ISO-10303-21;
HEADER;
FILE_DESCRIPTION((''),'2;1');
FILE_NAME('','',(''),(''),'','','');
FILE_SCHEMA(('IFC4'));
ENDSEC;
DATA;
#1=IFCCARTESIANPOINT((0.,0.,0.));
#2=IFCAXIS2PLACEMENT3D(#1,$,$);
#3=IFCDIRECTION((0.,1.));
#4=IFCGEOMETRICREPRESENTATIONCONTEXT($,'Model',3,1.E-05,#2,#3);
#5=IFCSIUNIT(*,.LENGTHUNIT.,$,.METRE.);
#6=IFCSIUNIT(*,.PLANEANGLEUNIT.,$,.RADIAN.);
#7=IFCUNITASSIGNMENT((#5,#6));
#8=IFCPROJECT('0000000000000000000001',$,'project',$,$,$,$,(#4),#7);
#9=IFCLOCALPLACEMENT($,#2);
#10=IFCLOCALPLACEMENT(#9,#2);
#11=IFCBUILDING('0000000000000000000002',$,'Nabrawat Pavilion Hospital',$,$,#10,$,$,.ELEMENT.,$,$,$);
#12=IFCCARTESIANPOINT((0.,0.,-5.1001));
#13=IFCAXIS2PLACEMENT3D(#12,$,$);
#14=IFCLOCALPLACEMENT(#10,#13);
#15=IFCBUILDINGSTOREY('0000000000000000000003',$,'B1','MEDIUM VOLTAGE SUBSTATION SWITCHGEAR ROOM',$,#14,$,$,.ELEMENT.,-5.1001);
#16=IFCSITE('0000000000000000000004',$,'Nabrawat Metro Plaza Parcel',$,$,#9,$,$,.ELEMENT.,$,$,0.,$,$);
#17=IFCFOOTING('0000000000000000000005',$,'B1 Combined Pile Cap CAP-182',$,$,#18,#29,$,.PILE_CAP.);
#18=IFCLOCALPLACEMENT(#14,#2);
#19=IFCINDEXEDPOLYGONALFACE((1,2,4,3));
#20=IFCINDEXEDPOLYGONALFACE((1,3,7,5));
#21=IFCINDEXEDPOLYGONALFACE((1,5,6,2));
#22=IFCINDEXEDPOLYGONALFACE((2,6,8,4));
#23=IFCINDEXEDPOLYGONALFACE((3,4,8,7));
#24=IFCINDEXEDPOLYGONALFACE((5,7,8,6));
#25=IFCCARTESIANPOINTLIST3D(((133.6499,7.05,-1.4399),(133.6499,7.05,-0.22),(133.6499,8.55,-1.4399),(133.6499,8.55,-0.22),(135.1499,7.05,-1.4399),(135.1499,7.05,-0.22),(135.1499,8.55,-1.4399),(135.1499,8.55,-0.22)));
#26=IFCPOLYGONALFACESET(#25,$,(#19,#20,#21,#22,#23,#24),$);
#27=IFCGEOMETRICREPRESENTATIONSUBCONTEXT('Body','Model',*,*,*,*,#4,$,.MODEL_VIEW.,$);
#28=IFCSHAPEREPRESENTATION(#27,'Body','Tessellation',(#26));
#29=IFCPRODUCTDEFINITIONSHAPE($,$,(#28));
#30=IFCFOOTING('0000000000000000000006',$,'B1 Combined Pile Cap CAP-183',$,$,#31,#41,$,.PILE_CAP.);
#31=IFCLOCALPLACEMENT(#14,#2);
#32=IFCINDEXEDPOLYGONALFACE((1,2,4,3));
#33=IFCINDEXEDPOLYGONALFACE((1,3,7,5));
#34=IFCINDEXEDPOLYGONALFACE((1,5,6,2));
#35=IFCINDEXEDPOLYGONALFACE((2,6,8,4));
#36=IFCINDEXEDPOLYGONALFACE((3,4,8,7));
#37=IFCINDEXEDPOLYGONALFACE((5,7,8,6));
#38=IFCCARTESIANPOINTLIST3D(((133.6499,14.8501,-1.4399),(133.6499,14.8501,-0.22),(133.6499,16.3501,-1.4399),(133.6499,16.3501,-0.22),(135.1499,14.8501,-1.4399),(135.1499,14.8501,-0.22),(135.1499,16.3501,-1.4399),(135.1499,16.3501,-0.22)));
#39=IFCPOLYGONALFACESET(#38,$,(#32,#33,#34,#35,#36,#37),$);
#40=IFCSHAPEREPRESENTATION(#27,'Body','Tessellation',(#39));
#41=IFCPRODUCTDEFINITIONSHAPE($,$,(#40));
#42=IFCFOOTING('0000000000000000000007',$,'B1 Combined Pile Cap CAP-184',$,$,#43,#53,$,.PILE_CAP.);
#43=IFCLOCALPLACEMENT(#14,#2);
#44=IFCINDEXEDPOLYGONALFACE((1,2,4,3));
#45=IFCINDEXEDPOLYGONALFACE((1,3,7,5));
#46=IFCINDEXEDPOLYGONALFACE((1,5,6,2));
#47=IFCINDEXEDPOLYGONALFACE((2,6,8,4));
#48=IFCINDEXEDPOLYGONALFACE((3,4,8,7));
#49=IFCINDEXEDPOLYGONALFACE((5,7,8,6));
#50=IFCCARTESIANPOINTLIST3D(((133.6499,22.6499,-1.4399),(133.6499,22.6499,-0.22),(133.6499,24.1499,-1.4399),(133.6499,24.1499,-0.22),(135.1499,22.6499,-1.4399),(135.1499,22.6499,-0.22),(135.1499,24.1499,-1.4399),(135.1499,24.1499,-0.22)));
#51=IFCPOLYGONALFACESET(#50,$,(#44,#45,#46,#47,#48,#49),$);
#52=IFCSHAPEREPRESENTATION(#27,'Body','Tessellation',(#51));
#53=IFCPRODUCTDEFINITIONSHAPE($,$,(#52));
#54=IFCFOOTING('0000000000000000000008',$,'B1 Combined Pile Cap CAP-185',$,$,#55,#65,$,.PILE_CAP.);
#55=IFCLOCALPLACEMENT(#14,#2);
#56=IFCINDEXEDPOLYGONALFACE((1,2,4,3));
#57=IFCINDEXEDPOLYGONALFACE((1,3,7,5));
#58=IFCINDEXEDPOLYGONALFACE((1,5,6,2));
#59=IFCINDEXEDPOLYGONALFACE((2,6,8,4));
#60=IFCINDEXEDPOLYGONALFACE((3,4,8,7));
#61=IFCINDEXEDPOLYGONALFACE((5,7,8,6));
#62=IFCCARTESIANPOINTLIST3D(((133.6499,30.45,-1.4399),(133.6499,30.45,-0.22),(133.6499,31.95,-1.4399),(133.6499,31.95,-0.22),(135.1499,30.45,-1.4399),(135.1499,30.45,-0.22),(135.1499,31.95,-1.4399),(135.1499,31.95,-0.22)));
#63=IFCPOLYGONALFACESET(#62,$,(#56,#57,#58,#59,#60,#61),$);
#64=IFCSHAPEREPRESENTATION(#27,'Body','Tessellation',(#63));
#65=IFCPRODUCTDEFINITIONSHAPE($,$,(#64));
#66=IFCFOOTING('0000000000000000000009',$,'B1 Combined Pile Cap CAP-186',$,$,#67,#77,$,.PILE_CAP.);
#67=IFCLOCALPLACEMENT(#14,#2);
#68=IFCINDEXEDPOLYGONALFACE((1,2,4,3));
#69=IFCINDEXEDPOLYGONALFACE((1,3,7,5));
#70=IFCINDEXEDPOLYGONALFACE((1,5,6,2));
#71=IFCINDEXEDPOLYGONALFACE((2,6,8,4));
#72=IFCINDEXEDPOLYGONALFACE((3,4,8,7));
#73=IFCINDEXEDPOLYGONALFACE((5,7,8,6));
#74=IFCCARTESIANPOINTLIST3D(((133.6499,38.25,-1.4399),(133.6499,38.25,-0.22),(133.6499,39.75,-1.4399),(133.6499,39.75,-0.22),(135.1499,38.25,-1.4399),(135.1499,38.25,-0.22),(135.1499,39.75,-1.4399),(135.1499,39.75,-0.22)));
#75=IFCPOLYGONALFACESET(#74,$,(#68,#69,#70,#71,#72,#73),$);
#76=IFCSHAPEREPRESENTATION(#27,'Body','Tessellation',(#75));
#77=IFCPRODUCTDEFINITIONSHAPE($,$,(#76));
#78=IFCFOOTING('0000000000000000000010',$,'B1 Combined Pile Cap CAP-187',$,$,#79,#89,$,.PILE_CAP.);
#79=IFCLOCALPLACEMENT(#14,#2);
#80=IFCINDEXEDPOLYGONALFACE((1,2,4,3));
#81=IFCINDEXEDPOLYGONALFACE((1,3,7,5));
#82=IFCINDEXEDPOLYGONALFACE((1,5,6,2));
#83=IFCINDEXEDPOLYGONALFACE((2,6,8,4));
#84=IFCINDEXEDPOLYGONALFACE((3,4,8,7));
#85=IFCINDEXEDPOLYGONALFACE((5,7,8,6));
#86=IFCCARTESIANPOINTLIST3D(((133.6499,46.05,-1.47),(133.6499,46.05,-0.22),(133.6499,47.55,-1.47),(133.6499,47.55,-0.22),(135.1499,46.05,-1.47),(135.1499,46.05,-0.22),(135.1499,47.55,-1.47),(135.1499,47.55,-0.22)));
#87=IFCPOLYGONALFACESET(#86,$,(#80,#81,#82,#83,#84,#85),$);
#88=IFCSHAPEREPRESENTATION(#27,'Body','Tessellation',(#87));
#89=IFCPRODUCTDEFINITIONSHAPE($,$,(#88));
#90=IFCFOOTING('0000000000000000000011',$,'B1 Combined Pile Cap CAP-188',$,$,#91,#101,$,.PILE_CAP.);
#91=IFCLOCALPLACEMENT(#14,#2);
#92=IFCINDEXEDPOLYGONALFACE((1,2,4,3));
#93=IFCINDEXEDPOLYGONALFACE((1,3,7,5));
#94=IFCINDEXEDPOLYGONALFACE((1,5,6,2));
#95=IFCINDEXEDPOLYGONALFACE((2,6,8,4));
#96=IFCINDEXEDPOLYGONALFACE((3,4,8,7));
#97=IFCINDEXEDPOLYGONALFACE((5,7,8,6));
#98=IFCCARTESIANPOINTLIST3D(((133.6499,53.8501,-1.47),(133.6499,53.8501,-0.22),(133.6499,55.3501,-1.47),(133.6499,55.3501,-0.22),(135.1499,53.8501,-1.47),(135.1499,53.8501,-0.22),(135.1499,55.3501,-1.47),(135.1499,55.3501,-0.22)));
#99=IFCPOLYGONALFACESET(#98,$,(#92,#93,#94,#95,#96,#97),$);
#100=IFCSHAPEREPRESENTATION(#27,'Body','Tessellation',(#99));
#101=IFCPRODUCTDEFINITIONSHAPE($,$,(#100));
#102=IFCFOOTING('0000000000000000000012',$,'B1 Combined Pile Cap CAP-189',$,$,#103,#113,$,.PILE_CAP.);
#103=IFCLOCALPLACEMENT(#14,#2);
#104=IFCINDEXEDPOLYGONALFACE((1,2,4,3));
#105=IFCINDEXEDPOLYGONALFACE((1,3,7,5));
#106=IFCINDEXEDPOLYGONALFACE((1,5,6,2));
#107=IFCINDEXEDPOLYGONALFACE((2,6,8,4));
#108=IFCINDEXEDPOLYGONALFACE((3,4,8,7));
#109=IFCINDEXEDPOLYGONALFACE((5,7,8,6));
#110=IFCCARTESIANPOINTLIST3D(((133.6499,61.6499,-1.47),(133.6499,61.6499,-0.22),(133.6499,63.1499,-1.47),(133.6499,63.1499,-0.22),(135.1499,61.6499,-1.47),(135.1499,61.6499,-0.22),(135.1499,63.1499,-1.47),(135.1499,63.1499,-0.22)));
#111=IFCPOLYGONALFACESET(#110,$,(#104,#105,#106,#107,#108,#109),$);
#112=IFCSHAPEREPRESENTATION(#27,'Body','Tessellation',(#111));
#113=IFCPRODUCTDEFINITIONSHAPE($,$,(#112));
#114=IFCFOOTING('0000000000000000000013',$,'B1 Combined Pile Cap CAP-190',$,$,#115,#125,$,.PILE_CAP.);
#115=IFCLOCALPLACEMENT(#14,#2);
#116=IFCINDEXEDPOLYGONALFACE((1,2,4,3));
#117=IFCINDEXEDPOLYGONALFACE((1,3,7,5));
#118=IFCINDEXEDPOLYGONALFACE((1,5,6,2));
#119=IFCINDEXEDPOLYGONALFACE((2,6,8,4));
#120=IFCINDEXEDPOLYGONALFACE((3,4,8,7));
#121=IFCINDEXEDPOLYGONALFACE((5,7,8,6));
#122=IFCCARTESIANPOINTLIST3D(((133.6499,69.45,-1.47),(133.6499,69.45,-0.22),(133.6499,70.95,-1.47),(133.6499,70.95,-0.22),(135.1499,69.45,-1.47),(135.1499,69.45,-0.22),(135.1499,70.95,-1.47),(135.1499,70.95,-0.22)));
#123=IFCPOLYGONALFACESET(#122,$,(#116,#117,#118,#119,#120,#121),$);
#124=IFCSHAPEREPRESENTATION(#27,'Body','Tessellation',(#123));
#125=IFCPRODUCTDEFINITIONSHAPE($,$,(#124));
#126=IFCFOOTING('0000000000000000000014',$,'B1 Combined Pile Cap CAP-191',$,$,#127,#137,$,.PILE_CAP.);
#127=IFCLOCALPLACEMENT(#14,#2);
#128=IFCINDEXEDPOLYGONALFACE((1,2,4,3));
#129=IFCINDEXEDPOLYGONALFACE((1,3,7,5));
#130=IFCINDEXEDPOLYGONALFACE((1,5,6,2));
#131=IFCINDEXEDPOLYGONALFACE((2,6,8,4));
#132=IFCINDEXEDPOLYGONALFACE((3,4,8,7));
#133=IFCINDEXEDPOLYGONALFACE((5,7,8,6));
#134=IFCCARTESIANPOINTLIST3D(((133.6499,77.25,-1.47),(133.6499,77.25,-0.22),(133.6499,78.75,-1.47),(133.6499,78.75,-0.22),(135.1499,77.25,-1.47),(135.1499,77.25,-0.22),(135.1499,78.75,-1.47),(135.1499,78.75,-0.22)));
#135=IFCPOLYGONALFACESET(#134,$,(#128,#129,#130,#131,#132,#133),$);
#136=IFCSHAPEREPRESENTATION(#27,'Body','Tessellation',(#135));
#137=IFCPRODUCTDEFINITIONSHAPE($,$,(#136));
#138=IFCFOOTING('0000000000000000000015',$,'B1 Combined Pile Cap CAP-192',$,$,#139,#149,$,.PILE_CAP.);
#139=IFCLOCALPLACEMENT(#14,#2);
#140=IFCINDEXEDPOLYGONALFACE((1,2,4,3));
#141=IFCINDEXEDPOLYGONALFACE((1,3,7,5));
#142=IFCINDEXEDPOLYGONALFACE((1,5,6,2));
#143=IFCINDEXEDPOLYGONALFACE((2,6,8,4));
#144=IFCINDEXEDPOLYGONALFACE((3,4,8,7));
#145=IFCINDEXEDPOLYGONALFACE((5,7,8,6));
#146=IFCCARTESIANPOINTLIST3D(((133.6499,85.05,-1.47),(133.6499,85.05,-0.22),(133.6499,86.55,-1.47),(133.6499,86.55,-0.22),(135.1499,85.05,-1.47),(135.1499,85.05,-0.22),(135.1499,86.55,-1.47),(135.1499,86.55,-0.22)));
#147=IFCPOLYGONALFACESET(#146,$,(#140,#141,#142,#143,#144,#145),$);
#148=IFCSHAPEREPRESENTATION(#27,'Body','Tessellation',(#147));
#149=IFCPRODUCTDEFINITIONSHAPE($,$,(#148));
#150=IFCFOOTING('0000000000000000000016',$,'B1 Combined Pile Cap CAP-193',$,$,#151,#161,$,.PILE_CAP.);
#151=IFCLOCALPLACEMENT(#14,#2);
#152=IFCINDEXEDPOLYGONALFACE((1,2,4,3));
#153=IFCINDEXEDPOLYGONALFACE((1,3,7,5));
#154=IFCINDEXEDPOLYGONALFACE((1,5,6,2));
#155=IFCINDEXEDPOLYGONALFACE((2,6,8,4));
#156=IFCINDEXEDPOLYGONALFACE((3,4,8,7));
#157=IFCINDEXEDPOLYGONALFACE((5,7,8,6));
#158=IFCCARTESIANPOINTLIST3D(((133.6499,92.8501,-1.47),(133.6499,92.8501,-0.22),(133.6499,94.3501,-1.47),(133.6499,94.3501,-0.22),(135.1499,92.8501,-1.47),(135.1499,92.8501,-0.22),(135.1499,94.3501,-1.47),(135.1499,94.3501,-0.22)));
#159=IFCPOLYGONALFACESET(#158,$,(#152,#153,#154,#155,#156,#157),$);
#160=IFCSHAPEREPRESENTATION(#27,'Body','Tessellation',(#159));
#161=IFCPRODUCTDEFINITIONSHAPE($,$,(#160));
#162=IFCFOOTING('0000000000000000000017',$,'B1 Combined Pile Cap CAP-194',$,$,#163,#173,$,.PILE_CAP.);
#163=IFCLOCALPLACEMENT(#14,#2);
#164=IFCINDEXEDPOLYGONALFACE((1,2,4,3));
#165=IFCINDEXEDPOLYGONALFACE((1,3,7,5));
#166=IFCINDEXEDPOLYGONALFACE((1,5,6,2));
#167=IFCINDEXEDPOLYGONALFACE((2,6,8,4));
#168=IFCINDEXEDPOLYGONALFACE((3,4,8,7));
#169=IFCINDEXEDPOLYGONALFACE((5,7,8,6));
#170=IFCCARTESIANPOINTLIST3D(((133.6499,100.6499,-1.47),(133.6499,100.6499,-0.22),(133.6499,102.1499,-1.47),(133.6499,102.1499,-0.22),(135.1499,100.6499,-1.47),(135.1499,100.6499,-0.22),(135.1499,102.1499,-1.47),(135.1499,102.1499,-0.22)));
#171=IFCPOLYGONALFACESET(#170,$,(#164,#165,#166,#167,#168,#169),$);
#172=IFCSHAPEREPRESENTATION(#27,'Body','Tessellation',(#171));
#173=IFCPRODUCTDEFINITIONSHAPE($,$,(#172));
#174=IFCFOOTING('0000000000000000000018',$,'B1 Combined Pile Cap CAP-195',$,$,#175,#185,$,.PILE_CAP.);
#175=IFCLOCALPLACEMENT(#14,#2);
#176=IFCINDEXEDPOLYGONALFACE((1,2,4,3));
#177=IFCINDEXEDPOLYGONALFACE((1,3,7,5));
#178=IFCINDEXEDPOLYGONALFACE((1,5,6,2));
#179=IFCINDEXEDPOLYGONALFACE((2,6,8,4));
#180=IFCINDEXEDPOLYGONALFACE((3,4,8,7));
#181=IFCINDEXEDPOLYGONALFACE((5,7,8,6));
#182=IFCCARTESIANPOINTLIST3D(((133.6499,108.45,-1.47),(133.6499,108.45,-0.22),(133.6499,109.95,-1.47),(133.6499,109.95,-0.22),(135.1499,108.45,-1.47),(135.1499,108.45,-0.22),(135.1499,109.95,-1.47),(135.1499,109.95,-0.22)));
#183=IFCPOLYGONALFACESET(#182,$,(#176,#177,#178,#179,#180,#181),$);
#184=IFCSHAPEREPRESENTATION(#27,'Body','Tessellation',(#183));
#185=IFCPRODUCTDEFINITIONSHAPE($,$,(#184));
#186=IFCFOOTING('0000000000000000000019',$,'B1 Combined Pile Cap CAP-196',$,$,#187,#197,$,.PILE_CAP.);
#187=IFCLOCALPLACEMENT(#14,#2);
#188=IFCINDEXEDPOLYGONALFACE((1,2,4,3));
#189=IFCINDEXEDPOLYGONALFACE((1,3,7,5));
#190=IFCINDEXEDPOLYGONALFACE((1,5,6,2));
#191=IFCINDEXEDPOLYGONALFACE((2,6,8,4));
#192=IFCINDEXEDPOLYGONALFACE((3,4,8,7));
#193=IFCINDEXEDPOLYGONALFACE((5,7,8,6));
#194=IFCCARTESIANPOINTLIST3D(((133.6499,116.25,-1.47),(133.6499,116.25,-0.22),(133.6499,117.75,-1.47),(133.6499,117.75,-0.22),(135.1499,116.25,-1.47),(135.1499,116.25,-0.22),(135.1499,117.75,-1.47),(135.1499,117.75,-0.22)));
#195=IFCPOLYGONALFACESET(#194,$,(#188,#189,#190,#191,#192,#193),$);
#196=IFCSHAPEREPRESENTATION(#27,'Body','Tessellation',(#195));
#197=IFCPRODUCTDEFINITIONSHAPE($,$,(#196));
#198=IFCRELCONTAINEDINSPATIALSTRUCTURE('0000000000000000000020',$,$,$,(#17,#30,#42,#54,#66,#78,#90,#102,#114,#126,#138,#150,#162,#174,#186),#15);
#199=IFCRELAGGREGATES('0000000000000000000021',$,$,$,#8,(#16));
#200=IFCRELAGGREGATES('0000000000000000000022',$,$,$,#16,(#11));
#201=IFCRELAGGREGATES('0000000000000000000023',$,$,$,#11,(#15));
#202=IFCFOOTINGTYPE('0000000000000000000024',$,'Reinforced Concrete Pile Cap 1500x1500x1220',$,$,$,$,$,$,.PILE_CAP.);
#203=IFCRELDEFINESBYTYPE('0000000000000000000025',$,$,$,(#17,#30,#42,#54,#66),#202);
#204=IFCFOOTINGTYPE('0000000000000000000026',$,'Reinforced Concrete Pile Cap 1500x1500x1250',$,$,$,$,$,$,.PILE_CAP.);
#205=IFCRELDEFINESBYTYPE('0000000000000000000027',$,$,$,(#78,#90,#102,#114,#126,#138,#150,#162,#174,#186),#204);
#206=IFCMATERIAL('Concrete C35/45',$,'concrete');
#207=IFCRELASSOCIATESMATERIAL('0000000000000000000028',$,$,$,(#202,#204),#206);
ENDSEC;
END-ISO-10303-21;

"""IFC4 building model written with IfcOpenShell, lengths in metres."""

from ifc_helpers import new_model, si_unit, direction, frame, origin, place, context, subcontext, project, spatial, polyline, outline, extrude, material, type_object, element, save


model = new_model("IFC4")

# Units and contexts
model_context = context("Model", 3, precision=1e-05, world=origin(), true_north=direction((0.0, 1.0)))
body_context = subcontext(model_context, "Body", "Model", "MODEL_VIEW")
ifc_project = project(units=[si_unit("LENGTHUNIT", "METRE"), si_unit("PLANEANGLEUNIT", "RADIAN")], contexts=[model_context])

# Site, building, storey
site_placement = place(None, origin())
site = spatial("IfcSite", under=ifc_project, at=site_placement, Name="Nabrawat Metro Plaza Parcel", CompositionType="ELEMENT", RefElevation=0.0)
building_placement = place(site_placement, origin())
building = spatial("IfcBuilding", under=site, at=building_placement, Name="Nabrawat Pavilion Hospital", CompositionType="ELEMENT")
storey_placement = place(building_placement, frame((0.0, 0.0, -5.1001)))
storey = spatial("IfcBuildingStorey", under=building, at=storey_placement, Name="B1", Description="MEDIUM VOLTAGE SUBSTATION SWITCHGEAR ROOM", CompositionType="ELEMENT", Elevation=-5.1001)

# Footings
ifc_material = material(Name="Concrete C35/45", Category="concrete")
footing_type_1 = type_object("IfcFootingType", Name="Reinforced Concrete Pile Cap 1500x1500x1220", PredefinedType="PILE_CAP", material=ifc_material)
footing_1_placement = place(storey_placement, frame((0.0, 0.0, -1.4399)))
element("IfcFooting", 1, at=footing_1_placement, inside=storey, type_object=footing_type_1, Name="B1 Combined Pile Cap CAP-182", PredefinedType="PILE_CAP", context=body_context, shape_type="SweptSolid", body=[
    extrude(outline(polyline([(135.1499, 7.05), (135.1499, 8.55), (133.6499, 8.55), (133.6499, 7.05), (135.1499, 7.05)])), origin(), (0.0, 0.0, 1.0), 1.22),
])
footing_2_placement = place(storey_placement, frame((0.0, 0.0, -1.4399)))
element("IfcFooting", 2, at=footing_2_placement, inside=storey, type_object=footing_type_1, Name="B1 Combined Pile Cap CAP-183", PredefinedType="PILE_CAP", context=body_context, shape_type="SweptSolid", body=[
    extrude(outline(polyline([(135.1499, 14.8501), (135.1499, 16.3501), (133.6499, 16.3501), (133.6499, 14.8501), (135.1499, 14.8501)])), origin(), (0.0, 0.0, 1.0), 1.22),
])
footing_3_placement = place(storey_placement, frame((0.0, 0.0, -1.4399)))
element("IfcFooting", 3, at=footing_3_placement, inside=storey, type_object=footing_type_1, Name="B1 Combined Pile Cap CAP-184", PredefinedType="PILE_CAP", context=body_context, shape_type="SweptSolid", body=[
    extrude(outline(polyline([(135.1499, 22.6499), (135.1499, 24.1499), (133.6499, 24.1499), (133.6499, 22.6499), (135.1499, 22.6499)])), origin(), (0.0, 0.0, 1.0), 1.22),
])
footing_4_placement = place(storey_placement, frame((0.0, 0.0, -1.4399)))
element("IfcFooting", 4, at=footing_4_placement, inside=storey, type_object=footing_type_1, Name="B1 Combined Pile Cap CAP-185", PredefinedType="PILE_CAP", context=body_context, shape_type="SweptSolid", body=[
    extrude(outline(polyline([(135.1499, 30.45), (135.1499, 31.95), (133.6499, 31.95), (133.6499, 30.45), (135.1499, 30.45)])), origin(), (0.0, 0.0, 1.0), 1.22),
])
footing_5_placement = place(storey_placement, frame((0.0, 0.0, -1.4399)))
element("IfcFooting", 5, at=footing_5_placement, inside=storey, type_object=footing_type_1, Name="B1 Combined Pile Cap CAP-186", PredefinedType="PILE_CAP", context=body_context, shape_type="SweptSolid", body=[
    extrude(outline(polyline([(135.1499, 38.25), (135.1499, 39.75), (133.6499, 39.75), (133.6499, 38.25), (135.1499, 38.25)])), origin(), (0.0, 0.0, 1.0), 1.22),
])
footing_type_2 = type_object("IfcFootingType", Name="Reinforced Concrete Pile Cap 1500x1500x1250", PredefinedType="PILE_CAP", material=ifc_material)
footing_6_placement = place(storey_placement, frame((0.0, 0.0, -1.47)))
element("IfcFooting", 6, at=footing_6_placement, inside=storey, type_object=footing_type_2, Name="B1 Combined Pile Cap CAP-187", PredefinedType="PILE_CAP", context=body_context, shape_type="SweptSolid", body=[
    extrude(outline(polyline([(135.1499, 46.05), (135.1499, 47.55), (133.6499, 47.55), (133.6499, 46.05), (135.1499, 46.05)])), origin(), (0.0, 0.0, 1.0), 1.25),
])
footing_7_placement = place(storey_placement, frame((0.0, 0.0, -1.47)))
element("IfcFooting", 7, at=footing_7_placement, inside=storey, type_object=footing_type_2, Name="B1 Combined Pile Cap CAP-188", PredefinedType="PILE_CAP", context=body_context, shape_type="SweptSolid", body=[
    extrude(outline(polyline([(135.1499, 53.8501), (135.1499, 55.3501), (133.6499, 55.3501), (133.6499, 53.8501), (135.1499, 53.8501)])), origin(), (0.0, 0.0, 1.0), 1.25),
])
footing_8_placement = place(storey_placement, frame((0.0, 0.0, -1.47)))
element("IfcFooting", 8, at=footing_8_placement, inside=storey, type_object=footing_type_2, Name="B1 Combined Pile Cap CAP-189", PredefinedType="PILE_CAP", context=body_context, shape_type="SweptSolid", body=[
    extrude(outline(polyline([(135.1499, 61.6499), (135.1499, 63.1499), (133.6499, 63.1499), (133.6499, 61.6499), (135.1499, 61.6499)])), origin(), (0.0, 0.0, 1.0), 1.25),
])
footing_9_placement = place(storey_placement, frame((0.0, 0.0, -1.47)))
element("IfcFooting", 9, at=footing_9_placement, inside=storey, type_object=footing_type_2, Name="B1 Combined Pile Cap CAP-190", PredefinedType="PILE_CAP", context=body_context, shape_type="SweptSolid", body=[
    extrude(outline(polyline([(135.1499, 69.45), (135.1499, 70.95), (133.6499, 70.95), (133.6499, 69.45), (135.1499, 69.45)])), origin(), (0.0, 0.0, 1.0), 1.25),
])
footing_10_placement = place(storey_placement, frame((0.0, 0.0, -1.47)))
element("IfcFooting", 10, at=footing_10_placement, inside=storey, type_object=footing_type_2, Name="B1 Combined Pile Cap CAP-191", PredefinedType="PILE_CAP", context=body_context, shape_type="SweptSolid", body=[
    extrude(outline(polyline([(135.1499, 77.25), (135.1499, 78.75), (133.6499, 78.75), (133.6499, 77.25), (135.1499, 77.25)])), origin(), (0.0, 0.0, 1.0), 1.25),
])
footing_11_placement = place(storey_placement, frame((0.0, 0.0, -1.47)))
element("IfcFooting", 11, at=footing_11_placement, inside=storey, type_object=footing_type_2, Name="B1 Combined Pile Cap CAP-192", PredefinedType="PILE_CAP", context=body_context, shape_type="SweptSolid", body=[
    extrude(outline(polyline([(135.1499, 85.05), (135.1499, 86.55), (133.6499, 86.55), (133.6499, 85.05), (135.1499, 85.05)])), origin(), (0.0, 0.0, 1.0), 1.25),
])
footing_12_placement = place(storey_placement, frame((0.0, 0.0, -1.47)))
element("IfcFooting", 12, at=footing_12_placement, inside=storey, type_object=footing_type_2, Name="B1 Combined Pile Cap CAP-193", PredefinedType="PILE_CAP", context=body_context, shape_type="SweptSolid", body=[
    extrude(outline(polyline([(135.1499, 92.8501), (135.1499, 94.3501), (133.6499, 94.3501), (133.6499, 92.8501), (135.1499, 92.8501)])), origin(), (0.0, 0.0, 1.0), 1.25),
])
footing_13_placement = place(storey_placement, frame((0.0, 0.0, -1.47)))
element("IfcFooting", 13, at=footing_13_placement, inside=storey, type_object=footing_type_2, Name="B1 Combined Pile Cap CAP-194", PredefinedType="PILE_CAP", context=body_context, shape_type="SweptSolid", body=[
    extrude(outline(polyline([(135.1499, 100.6499), (135.1499, 102.1499), (133.6499, 102.1499), (133.6499, 100.6499), (135.1499, 100.6499)])), origin(), (0.0, 0.0, 1.0), 1.25),
])
footing_14_placement = place(storey_placement, frame((0.0, 0.0, -1.47)))
element("IfcFooting", 14, at=footing_14_placement, inside=storey, type_object=footing_type_2, Name="B1 Combined Pile Cap CAP-195", PredefinedType="PILE_CAP", context=body_context, shape_type="SweptSolid", body=[
    extrude(outline(polyline([(135.1499, 108.45), (135.1499, 109.95), (133.6499, 109.95), (133.6499, 108.45), (135.1499, 108.45)])), origin(), (0.0, 0.0, 1.0), 1.25),
])
footing_15_placement = place(storey_placement, frame((0.0, 0.0, -1.47)))
element("IfcFooting", 15, at=footing_15_placement, inside=storey, type_object=footing_type_2, Name="B1 Combined Pile Cap CAP-196", PredefinedType="PILE_CAP", context=body_context, shape_type="SweptSolid", body=[
    extrude(outline(polyline([(135.1499, 116.25), (135.1499, 117.75), (133.6499, 117.75), (133.6499, 116.25), (135.1499, 116.25)])), origin(), (0.0, 0.0, 1.0), 1.25),
])

save(model, "model.ifc")
